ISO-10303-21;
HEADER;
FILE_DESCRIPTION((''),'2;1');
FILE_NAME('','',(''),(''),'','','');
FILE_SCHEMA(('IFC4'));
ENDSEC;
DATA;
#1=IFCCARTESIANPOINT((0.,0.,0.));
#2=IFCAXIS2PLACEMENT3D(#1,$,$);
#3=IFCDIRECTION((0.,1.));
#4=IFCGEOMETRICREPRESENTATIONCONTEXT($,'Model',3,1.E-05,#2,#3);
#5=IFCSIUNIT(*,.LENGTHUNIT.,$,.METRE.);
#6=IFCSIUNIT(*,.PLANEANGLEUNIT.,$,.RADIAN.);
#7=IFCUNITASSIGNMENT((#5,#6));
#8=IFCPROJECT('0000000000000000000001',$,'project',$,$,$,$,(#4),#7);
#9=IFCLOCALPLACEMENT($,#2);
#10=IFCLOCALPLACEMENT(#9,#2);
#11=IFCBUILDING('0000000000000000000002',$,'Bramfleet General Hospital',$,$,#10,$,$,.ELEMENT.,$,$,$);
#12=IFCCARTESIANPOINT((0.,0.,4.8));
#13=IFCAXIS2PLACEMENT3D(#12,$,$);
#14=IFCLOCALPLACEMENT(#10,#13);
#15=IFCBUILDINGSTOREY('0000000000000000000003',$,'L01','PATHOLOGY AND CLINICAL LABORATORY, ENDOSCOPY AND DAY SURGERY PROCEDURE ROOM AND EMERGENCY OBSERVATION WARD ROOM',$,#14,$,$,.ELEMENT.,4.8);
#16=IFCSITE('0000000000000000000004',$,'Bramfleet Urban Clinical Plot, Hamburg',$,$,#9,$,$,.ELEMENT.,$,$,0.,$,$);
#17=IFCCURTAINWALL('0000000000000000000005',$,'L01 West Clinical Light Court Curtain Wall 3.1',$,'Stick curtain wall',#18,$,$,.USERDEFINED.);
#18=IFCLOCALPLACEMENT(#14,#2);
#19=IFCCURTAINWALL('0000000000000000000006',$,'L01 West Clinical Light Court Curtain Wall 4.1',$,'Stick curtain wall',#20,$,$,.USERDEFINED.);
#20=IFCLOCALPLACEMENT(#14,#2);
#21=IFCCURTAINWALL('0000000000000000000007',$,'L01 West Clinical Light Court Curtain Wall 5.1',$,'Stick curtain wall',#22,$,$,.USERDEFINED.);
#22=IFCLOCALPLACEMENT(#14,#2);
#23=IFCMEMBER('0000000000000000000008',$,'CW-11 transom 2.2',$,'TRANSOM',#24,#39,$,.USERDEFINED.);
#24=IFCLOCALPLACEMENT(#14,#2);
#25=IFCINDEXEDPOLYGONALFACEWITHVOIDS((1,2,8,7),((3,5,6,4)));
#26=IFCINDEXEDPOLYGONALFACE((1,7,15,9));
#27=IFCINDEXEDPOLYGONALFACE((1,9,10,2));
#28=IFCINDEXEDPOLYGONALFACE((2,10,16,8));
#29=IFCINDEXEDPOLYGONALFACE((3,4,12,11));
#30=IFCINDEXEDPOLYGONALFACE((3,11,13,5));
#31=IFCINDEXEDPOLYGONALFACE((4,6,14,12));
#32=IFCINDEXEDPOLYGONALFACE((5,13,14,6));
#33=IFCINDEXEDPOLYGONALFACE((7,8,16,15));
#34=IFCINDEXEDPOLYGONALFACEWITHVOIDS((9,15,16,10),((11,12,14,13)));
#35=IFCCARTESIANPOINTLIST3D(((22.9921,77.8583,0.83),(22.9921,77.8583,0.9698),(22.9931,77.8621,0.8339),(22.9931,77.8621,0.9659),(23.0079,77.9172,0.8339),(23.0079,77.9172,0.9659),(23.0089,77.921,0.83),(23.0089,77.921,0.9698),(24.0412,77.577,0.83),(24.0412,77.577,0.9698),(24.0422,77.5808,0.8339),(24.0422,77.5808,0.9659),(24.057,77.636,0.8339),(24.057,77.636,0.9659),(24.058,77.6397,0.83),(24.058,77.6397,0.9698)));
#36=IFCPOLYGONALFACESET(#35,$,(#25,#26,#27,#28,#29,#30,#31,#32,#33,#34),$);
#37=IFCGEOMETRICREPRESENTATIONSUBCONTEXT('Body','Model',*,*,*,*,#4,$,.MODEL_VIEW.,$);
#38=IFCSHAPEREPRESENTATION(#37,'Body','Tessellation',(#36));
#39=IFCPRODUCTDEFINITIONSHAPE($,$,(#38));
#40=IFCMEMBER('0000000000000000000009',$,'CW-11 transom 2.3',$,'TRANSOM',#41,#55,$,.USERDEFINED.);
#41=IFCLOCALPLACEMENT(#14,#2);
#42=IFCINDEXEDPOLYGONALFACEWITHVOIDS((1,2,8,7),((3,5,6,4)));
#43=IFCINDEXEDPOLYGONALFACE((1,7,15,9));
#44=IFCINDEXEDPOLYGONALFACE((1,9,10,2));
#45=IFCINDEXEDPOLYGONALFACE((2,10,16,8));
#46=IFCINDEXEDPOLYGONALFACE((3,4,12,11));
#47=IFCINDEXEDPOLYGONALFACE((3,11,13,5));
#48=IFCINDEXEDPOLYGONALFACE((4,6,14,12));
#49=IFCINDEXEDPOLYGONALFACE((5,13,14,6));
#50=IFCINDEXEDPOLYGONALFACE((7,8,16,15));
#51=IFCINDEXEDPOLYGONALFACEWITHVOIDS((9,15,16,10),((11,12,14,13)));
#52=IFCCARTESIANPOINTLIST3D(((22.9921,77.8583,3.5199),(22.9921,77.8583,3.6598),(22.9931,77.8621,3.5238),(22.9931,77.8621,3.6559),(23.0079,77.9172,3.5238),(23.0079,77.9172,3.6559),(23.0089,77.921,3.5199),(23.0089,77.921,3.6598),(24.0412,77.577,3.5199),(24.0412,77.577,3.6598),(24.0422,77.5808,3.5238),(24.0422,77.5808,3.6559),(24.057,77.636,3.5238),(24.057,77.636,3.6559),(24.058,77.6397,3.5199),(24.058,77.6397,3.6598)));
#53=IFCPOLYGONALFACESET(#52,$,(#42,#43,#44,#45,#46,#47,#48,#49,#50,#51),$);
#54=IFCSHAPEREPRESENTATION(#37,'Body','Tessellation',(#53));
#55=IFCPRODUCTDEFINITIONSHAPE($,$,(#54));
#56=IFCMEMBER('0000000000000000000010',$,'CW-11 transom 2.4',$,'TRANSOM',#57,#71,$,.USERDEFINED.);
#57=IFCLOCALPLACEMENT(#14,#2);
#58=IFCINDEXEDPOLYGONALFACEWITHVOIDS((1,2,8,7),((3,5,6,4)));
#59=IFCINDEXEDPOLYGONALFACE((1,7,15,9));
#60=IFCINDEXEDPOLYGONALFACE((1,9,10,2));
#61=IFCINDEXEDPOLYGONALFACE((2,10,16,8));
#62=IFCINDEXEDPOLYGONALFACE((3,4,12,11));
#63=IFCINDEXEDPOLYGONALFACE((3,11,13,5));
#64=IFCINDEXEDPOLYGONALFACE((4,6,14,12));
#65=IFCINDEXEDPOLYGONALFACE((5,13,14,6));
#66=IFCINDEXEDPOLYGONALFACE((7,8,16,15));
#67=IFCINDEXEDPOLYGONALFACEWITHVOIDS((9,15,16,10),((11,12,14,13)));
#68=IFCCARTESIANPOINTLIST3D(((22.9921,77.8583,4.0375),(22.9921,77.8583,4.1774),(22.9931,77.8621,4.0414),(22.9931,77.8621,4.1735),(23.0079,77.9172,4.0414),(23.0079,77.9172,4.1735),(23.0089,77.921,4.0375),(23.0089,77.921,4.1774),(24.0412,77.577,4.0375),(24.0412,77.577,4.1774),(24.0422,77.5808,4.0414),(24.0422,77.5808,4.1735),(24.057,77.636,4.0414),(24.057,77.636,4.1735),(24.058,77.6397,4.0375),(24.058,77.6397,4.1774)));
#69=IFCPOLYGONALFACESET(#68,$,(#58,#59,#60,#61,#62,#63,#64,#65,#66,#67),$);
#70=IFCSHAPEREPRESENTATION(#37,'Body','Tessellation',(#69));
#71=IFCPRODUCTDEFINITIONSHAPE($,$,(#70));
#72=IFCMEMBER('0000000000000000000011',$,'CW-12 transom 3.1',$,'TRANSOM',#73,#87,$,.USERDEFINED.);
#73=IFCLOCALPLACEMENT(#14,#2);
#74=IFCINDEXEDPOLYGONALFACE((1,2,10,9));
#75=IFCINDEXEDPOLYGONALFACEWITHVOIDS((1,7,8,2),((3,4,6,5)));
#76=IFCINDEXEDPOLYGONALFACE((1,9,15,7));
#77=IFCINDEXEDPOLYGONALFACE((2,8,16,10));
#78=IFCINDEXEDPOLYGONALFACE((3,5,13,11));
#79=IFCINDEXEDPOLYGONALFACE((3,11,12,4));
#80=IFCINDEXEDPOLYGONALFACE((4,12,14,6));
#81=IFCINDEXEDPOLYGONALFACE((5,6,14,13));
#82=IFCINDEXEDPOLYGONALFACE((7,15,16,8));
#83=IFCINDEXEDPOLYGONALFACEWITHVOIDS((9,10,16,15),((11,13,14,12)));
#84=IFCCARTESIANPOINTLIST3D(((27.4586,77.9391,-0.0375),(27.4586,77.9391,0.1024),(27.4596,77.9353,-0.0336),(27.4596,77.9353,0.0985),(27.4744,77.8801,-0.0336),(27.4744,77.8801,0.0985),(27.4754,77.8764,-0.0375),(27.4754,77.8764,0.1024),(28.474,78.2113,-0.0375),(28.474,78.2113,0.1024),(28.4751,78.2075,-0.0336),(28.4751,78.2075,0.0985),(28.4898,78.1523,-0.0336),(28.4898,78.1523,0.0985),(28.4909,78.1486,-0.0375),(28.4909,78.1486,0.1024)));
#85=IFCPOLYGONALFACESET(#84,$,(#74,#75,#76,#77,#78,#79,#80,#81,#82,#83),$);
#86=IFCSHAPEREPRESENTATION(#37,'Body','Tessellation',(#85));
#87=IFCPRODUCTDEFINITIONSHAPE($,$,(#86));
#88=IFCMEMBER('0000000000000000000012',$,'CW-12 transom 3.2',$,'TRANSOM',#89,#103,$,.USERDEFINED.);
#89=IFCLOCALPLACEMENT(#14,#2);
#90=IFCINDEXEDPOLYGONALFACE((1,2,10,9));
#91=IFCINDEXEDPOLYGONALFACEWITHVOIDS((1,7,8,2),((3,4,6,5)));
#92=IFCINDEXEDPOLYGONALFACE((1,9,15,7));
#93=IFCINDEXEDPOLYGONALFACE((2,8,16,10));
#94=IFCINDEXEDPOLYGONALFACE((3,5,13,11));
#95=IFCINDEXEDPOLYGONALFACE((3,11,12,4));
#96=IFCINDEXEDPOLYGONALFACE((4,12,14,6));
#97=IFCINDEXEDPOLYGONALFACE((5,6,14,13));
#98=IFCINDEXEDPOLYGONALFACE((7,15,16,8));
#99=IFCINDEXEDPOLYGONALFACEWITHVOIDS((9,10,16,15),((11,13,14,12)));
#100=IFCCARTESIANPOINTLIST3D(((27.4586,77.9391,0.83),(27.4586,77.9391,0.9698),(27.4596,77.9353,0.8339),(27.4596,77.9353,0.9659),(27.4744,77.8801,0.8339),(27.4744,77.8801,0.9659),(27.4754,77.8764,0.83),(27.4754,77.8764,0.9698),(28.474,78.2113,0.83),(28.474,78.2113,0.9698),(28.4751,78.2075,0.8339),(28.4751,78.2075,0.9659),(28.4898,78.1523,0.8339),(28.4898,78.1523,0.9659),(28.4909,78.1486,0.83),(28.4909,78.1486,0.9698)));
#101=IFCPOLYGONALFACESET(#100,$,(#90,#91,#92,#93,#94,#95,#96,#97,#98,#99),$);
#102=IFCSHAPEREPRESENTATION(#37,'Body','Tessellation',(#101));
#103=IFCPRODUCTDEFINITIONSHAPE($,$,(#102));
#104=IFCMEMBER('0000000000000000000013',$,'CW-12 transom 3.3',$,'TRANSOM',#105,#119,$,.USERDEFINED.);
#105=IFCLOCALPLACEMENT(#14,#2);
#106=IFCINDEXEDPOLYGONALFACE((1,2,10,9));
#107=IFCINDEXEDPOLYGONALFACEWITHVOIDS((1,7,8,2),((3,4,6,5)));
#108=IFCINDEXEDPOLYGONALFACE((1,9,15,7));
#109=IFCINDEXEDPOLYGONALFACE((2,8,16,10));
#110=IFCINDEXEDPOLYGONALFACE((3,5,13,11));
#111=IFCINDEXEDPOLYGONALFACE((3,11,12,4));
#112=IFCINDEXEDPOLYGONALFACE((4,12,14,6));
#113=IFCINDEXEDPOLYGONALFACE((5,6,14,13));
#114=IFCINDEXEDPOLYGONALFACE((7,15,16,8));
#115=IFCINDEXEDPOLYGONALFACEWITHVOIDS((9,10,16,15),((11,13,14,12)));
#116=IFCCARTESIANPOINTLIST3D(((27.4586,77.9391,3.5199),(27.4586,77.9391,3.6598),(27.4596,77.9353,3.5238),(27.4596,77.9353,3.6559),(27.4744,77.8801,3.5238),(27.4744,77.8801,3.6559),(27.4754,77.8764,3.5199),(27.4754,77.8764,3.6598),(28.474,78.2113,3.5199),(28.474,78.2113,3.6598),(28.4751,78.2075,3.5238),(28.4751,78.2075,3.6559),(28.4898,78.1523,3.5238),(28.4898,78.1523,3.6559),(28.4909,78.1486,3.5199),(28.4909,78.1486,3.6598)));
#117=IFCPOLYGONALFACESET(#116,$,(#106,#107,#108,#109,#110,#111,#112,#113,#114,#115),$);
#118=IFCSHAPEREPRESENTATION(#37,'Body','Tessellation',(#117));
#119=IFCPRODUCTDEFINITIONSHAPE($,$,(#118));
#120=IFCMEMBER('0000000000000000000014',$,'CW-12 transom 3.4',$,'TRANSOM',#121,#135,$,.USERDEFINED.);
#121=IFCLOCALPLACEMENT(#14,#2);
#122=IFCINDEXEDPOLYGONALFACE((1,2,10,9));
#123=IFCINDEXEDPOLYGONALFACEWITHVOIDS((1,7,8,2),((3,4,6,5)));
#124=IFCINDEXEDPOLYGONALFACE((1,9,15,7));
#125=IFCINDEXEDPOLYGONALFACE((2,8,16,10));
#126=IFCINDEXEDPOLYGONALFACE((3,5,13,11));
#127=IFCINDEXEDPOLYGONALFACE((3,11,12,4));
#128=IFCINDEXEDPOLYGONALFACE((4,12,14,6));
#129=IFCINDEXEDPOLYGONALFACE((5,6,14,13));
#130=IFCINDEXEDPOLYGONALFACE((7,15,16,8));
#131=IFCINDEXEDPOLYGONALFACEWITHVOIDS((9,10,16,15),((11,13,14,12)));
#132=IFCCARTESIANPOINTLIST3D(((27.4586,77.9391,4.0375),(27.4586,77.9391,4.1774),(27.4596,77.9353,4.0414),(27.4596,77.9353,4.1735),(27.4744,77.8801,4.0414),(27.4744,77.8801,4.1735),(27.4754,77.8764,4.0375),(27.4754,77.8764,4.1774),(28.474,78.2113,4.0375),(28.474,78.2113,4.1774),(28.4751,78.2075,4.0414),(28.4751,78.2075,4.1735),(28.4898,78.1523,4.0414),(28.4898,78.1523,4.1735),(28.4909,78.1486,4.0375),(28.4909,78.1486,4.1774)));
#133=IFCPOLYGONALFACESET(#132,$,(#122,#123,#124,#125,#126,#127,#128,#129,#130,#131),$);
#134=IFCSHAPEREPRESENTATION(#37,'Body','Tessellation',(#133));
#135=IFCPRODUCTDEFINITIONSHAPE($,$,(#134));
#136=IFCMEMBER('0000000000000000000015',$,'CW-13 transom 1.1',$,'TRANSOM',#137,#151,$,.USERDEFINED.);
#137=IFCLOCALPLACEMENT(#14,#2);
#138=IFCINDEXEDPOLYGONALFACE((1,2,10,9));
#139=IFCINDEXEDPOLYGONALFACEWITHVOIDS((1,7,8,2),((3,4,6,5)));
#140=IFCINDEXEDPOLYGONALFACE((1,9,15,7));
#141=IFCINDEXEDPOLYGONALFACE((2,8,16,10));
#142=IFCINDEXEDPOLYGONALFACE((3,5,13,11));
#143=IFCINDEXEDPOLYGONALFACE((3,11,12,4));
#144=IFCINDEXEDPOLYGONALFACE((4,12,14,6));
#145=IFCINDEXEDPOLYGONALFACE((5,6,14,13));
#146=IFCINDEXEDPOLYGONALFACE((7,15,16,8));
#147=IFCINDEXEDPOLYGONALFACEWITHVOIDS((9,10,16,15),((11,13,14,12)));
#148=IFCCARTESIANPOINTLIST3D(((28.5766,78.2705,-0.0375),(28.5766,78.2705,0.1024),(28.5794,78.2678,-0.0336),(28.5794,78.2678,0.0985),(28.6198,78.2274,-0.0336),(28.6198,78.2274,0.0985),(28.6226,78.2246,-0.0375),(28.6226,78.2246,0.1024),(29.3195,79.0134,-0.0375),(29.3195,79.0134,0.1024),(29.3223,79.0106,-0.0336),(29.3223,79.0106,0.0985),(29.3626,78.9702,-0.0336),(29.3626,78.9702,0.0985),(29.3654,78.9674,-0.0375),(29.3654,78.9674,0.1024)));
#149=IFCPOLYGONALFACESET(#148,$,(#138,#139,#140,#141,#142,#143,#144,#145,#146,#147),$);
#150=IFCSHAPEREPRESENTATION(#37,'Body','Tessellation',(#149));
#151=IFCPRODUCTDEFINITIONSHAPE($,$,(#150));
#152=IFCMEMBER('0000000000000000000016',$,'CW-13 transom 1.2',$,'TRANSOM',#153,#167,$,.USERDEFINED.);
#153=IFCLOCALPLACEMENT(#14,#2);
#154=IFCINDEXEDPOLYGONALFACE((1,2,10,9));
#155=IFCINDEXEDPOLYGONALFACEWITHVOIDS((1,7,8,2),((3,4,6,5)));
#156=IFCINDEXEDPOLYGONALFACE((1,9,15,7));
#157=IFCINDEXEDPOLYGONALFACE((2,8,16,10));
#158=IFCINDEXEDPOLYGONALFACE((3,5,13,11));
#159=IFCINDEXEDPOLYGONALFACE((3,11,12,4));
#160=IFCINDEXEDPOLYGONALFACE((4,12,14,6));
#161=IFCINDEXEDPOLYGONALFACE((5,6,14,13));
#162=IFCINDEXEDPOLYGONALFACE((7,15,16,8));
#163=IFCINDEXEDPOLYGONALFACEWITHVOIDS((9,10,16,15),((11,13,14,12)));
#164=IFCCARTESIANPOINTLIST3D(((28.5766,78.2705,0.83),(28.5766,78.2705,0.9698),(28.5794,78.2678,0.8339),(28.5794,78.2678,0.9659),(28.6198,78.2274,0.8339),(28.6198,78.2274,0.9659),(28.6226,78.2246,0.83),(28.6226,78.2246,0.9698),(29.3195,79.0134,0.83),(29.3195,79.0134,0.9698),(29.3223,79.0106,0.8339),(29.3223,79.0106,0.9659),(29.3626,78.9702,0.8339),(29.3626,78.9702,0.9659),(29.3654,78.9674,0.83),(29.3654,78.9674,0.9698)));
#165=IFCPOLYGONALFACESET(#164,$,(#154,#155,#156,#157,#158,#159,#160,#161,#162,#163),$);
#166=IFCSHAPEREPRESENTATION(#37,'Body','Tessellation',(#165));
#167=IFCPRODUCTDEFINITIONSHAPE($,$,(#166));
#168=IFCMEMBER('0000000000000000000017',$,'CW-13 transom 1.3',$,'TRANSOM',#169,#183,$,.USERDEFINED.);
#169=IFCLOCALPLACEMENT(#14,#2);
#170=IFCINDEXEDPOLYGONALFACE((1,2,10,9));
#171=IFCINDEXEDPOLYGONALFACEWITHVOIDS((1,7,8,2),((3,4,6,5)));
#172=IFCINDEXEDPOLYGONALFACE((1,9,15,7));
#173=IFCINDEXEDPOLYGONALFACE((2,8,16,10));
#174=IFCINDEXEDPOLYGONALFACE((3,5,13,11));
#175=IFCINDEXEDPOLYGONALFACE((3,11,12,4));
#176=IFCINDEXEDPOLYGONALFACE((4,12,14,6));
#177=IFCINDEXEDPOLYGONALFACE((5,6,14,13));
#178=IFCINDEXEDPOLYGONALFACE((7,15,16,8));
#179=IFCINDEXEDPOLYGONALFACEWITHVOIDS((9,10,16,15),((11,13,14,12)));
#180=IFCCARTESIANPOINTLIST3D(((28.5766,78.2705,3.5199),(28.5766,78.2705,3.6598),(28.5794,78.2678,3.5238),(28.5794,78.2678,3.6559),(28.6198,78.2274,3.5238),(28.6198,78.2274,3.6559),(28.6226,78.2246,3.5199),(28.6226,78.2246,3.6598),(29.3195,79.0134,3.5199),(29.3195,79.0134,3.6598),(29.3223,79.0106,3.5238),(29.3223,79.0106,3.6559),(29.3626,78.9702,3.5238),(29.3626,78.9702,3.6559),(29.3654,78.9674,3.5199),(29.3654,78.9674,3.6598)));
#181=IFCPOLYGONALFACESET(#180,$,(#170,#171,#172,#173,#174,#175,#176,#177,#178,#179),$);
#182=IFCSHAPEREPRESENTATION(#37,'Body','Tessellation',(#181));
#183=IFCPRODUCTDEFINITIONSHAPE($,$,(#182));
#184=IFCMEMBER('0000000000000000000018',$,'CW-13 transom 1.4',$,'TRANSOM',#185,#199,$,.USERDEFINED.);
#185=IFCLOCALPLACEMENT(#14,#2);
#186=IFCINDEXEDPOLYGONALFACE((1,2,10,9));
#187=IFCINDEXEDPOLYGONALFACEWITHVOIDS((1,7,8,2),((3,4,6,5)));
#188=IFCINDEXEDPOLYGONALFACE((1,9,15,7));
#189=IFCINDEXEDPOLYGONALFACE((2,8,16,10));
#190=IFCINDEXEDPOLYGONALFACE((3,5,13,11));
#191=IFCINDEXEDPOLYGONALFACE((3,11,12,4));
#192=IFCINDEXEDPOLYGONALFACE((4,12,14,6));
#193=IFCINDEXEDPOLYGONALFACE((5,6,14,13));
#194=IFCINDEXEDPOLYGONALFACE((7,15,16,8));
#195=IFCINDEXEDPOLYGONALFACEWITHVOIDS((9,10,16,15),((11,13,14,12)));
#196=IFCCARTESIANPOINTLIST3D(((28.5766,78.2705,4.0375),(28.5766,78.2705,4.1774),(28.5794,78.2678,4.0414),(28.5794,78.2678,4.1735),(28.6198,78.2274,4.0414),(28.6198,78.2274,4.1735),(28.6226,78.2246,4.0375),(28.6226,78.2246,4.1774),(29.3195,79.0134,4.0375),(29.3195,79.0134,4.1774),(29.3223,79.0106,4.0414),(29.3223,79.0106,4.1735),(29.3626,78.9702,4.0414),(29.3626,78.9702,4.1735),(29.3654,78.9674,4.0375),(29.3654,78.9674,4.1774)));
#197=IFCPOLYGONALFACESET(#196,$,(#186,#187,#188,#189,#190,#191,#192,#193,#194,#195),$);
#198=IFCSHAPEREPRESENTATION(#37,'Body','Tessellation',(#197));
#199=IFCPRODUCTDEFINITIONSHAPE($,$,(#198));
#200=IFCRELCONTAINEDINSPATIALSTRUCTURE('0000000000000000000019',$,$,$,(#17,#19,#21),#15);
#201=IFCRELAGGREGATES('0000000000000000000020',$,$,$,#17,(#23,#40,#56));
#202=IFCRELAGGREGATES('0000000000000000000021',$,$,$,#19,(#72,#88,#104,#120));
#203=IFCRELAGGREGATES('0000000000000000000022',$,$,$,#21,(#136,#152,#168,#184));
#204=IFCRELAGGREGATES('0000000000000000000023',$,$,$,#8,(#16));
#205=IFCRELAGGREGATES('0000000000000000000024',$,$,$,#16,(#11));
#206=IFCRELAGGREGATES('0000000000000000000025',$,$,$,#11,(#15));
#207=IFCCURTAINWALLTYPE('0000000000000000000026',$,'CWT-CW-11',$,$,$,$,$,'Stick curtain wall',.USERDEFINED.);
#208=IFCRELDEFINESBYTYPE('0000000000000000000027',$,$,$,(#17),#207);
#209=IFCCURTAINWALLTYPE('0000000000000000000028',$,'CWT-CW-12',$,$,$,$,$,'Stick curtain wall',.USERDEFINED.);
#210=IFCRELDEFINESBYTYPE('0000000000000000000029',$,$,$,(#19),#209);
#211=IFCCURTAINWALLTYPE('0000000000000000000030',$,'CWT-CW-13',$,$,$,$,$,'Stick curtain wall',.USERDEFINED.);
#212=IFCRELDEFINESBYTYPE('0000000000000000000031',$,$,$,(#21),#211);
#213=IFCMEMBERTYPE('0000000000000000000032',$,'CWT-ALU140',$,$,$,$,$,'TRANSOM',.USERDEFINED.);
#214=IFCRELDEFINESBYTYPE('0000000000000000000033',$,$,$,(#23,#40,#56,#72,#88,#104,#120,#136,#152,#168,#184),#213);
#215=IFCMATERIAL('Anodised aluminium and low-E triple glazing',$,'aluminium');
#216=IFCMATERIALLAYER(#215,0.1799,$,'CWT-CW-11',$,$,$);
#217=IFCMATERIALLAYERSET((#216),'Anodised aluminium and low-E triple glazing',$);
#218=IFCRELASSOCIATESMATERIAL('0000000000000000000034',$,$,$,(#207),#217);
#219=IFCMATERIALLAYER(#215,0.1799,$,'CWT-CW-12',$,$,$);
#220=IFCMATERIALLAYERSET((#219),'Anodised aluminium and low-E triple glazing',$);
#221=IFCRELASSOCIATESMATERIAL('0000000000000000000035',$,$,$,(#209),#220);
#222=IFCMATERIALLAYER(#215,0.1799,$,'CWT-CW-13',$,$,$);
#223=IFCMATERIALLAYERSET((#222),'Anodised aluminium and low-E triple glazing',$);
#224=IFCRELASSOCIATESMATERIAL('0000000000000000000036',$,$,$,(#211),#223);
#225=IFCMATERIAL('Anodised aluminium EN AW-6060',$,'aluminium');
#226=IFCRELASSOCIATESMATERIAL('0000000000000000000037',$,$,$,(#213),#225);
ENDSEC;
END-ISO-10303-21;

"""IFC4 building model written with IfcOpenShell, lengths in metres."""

from ifc_helpers import new_model, si_unit, direction, frame, origin, origin_2d, place, context, subcontext, project, spatial, hollow_rectangle, extrude, material, layer, layer_set, material_profile, profile_set, type_object, element, aggregate, save


model = new_model("IFC4")

# Units and contexts
model_context = context("Model", 3, precision=1e-05, world=origin(), true_north=direction((0.0, 1.0)))
body_context = subcontext(model_context, "Body", "Model", "MODEL_VIEW")
ifc_project = project(units=[si_unit("LENGTHUNIT", "METRE"), si_unit("PLANEANGLEUNIT", "RADIAN")], contexts=[model_context])

# Site, building, storey
site_placement = place(None, origin())
site = spatial("IfcSite", under=ifc_project, at=site_placement, Name="Bramfleet Urban Clinical Plot, Hamburg", CompositionType="ELEMENT", RefElevation=0.0)
building_placement = place(site_placement, origin())
building = spatial("IfcBuilding", under=site, at=building_placement, Name="Bramfleet General Hospital", CompositionType="ELEMENT")
storey_placement = place(building_placement, frame((0.0, 0.0, 4.8)))
storey = spatial("IfcBuildingStorey", under=building, at=storey_placement, Name="L01", Description="PATHOLOGY AND CLINICAL LABORATORY, ENDOSCOPY AND DAY SURGERY PROCEDURE ROOM AND EMERGENCY OBSERVATION WARD ROOM", CompositionType="ELEMENT", Elevation=4.8)

# Shared definitions
ifc_material_1 = material(Name="Anodised aluminium and low-E triple glazing", Category="aluminium")
ifc_material_2 = material(Name="Anodised aluminium EN AW-6060", Category="aluminium")

# Curtain walls
ifc_layer_1 = layer(ifc_material_1, 0.1799, Name="CWT-CW-11")
ifc_layer_set_1 = layer_set([ifc_layer_1], Name="Anodised aluminium and low-E triple glazing")
curtain_wall_type_1 = type_object("IfcCurtainWallType", Name="CWT-CW-11", ElementType="Stick curtain wall", PredefinedType="USERDEFINED", material=ifc_layer_set_1)
curtain_wall_1_placement = place(storey_placement, origin())
curtain_wall_1 = element("IfcCurtainWall", 1, at=curtain_wall_1_placement, inside=storey, type_object=curtain_wall_type_1, Name="L01 West Clinical Light Court Curtain Wall 3.1", ObjectType="Stick curtain wall", PredefinedType="USERDEFINED")
ifc_layer_2 = layer(ifc_material_1, 0.1799, Name="CWT-CW-12")
ifc_layer_set_2 = layer_set([ifc_layer_2], Name="Anodised aluminium and low-E triple glazing")
curtain_wall_type_2 = type_object("IfcCurtainWallType", Name="CWT-CW-12", ElementType="Stick curtain wall", PredefinedType="USERDEFINED", material=ifc_layer_set_2)
curtain_wall_2_placement = place(storey_placement, origin())
curtain_wall_2 = element("IfcCurtainWall", 2, at=curtain_wall_2_placement, inside=storey, type_object=curtain_wall_type_2, Name="L01 West Clinical Light Court Curtain Wall 4.1", ObjectType="Stick curtain wall", PredefinedType="USERDEFINED")

# Curtain wall
ifc_layer_3 = layer(ifc_material_1, 0.1799, Name="CWT-CW-13")
ifc_layer_set_3 = layer_set([ifc_layer_3], Name="Anodised aluminium and low-E triple glazing")
curtain_wall_type_3 = type_object("IfcCurtainWallType", Name="CWT-CW-13", ElementType="Stick curtain wall", PredefinedType="USERDEFINED", material=ifc_layer_set_3)
curtain_wall_3_placement = place(storey_placement, origin())
curtain_wall_3 = element("IfcCurtainWall", 3, at=curtain_wall_3_placement, inside=storey, type_object=curtain_wall_type_3, Name="L01 West Clinical Light Court Curtain Wall 5.1", ObjectType="Stick curtain wall", PredefinedType="USERDEFINED")

# Members
ifc_material_profile_1 = material_profile(ifc_material_2, hollow_rectangle(XDim=0.0649, YDim=0.1399, WallThickness=0.0039, at=origin_2d()), Name="ALU 140x65x4.0")
ifc_profile_set_1 = profile_set([ifc_material_profile_1], Name="Anodised aluminium EN AW-6060")
member_type_1 = type_object("IfcMemberType", Name="CWT-ALU140", ElementType="TRANSOM", PredefinedType="USERDEFINED", material=ifc_profile_set_1)
member_1_placement = place(storey_placement, frame((23.0005, 77.8896, 0.8999), z_axis=(0.965891, -0.25895, 0.0), x_axis=(0.25895, 0.965891, 0.0)))
member_1 = element("IfcMember", 4, at=member_1_placement, type_object=member_type_1, Name="CW-11 transom 2.2", ObjectType="TRANSOM", PredefinedType="USERDEFINED", context=body_context, shape_type="SweptSolid", body=[
    extrude(hollow_rectangle(XDim=0.0649, YDim=0.1399, WallThickness=0.0039, at=origin_2d()), origin(), (0.0, 0.0, 1.0), 1.0862),
])
member_2_placement = place(storey_placement, frame((23.0005, 77.8896, 3.5898), z_axis=(0.965891, -0.25895, 0.0), x_axis=(0.25895, 0.965891, 0.0)))
member_2 = element("IfcMember", 5, at=member_2_placement, type_object=member_type_1, Name="CW-11 transom 2.3", ObjectType="TRANSOM", PredefinedType="USERDEFINED", context=body_context, shape_type="SweptSolid", body=[
    extrude(hollow_rectangle(XDim=0.0649, YDim=0.1399, WallThickness=0.0039, at=origin_2d()), origin(), (0.0, 0.0, 1.0), 1.0862),
])
member_3_placement = place(storey_placement, frame((23.0005, 77.8896, 4.1074), z_axis=(0.965891, -0.25895, 0.0), x_axis=(0.25895, 0.965891, 0.0)))
member_3 = element("IfcMember", 6, at=member_3_placement, type_object=member_type_1, Name="CW-11 transom 2.4", ObjectType="TRANSOM", PredefinedType="USERDEFINED", context=body_context, shape_type="SweptSolid", body=[
    extrude(hollow_rectangle(XDim=0.0649, YDim=0.1399, WallThickness=0.0039, at=origin_2d()), origin(), (0.0, 0.0, 1.0), 1.0862),
])
member_4_placement = place(storey_placement, frame((27.467, 77.9077, 0.0325), z_axis=(0.965891, 0.258949, 0.0), x_axis=(-0.258949, 0.965891, 0.0)))
member_4 = element("IfcMember", 7, at=member_4_placement, type_object=member_type_1, Name="CW-12 transom 3.1", ObjectType="TRANSOM", PredefinedType="USERDEFINED", context=body_context, shape_type="SweptSolid", body=[
    extrude(hollow_rectangle(XDim=0.0649, YDim=0.1399, WallThickness=0.0039, at=origin_2d()), origin(), (0.0, 0.0, 1.0), 1.0513),
])
member_5_placement = place(storey_placement, frame((27.467, 77.9077, 0.8999), z_axis=(0.965891, 0.258949, 0.0), x_axis=(-0.258949, 0.965891, 0.0)))
member_5 = element("IfcMember", 8, at=member_5_placement, type_object=member_type_1, Name="CW-12 transom 3.2", ObjectType="TRANSOM", PredefinedType="USERDEFINED", context=body_context, shape_type="SweptSolid", body=[
    extrude(hollow_rectangle(XDim=0.0649, YDim=0.1399, WallThickness=0.0039, at=origin_2d()), origin(), (0.0, 0.0, 1.0), 1.0513),
])
member_6_placement = place(storey_placement, frame((27.467, 77.9077, 3.5898), z_axis=(0.965891, 0.258949, 0.0), x_axis=(-0.258949, 0.965891, 0.0)))
member_6 = element("IfcMember", 9, at=member_6_placement, type_object=member_type_1, Name="CW-12 transom 3.3", ObjectType="TRANSOM", PredefinedType="USERDEFINED", context=body_context, shape_type="SweptSolid", body=[
    extrude(hollow_rectangle(XDim=0.0649, YDim=0.1399, WallThickness=0.0039, at=origin_2d()), origin(), (0.0, 0.0, 1.0), 1.0513),
])
member_7_placement = place(storey_placement, frame((27.467, 77.9077, 4.1074), z_axis=(0.965891, 0.258949, 0.0), x_axis=(-0.258949, 0.965891, 0.0)))
member_7 = element("IfcMember", 10, at=member_7_placement, type_object=member_type_1, Name="CW-12 transom 3.4", ObjectType="TRANSOM", PredefinedType="USERDEFINED", context=body_context, shape_type="SweptSolid", body=[
    extrude(hollow_rectangle(XDim=0.0649, YDim=0.1399, WallThickness=0.0039, at=origin_2d()), origin(), (0.0, 0.0, 1.0), 1.0513),
])
member_8_placement = place(storey_placement, frame((28.5996, 78.2476, 0.0325), z_axis=(0.707107, 0.707107, 0.0), x_axis=(-0.707107, 0.707107, 0.0)))
member_8 = element("IfcMember", 11, at=member_8_placement, type_object=member_type_1, Name="CW-13 transom 1.1", ObjectType="TRANSOM", PredefinedType="USERDEFINED", context=body_context, shape_type="SweptSolid", body=[
    extrude(hollow_rectangle(XDim=0.0649, YDim=0.1399, WallThickness=0.0039, at=origin_2d()), origin(), (0.0, 0.0, 1.0), 1.0505),
])
member_9_placement = place(storey_placement, frame((28.5996, 78.2476, 0.8999), z_axis=(0.707107, 0.707107, 0.0), x_axis=(-0.707107, 0.707107, 0.0)))
member_9 = element("IfcMember", 12, at=member_9_placement, type_object=member_type_1, Name="CW-13 transom 1.2", ObjectType="TRANSOM", PredefinedType="USERDEFINED", context=body_context, shape_type="SweptSolid", body=[
    extrude(hollow_rectangle(XDim=0.0649, YDim=0.1399, WallThickness=0.0039, at=origin_2d()), origin(), (0.0, 0.0, 1.0), 1.0505),
])
member_10_placement = place(storey_placement, frame((28.5996, 78.2476, 3.5898), z_axis=(0.707107, 0.707107, 0.0), x_axis=(-0.707107, 0.707107, 0.0)))
member_10 = element("IfcMember", 13, at=member_10_placement, type_object=member_type_1, Name="CW-13 transom 1.3", ObjectType="TRANSOM", PredefinedType="USERDEFINED", context=body_context, shape_type="SweptSolid", body=[
    extrude(hollow_rectangle(XDim=0.0649, YDim=0.1399, WallThickness=0.0039, at=origin_2d()), origin(), (0.0, 0.0, 1.0), 1.0505),
])
member_11_placement = place(storey_placement, frame((28.5996, 78.2476, 4.1074), z_axis=(0.707107, 0.707107, 0.0), x_axis=(-0.707107, 0.707107, 0.0)))
member_11 = element("IfcMember", 14, at=member_11_placement, type_object=member_type_1, Name="CW-13 transom 1.4", ObjectType="TRANSOM", PredefinedType="USERDEFINED", context=body_context, shape_type="SweptSolid", body=[
    extrude(hollow_rectangle(XDim=0.0649, YDim=0.1399, WallThickness=0.0039, at=origin_2d()), origin(), (0.0, 0.0, 1.0), 1.0505),
])

aggregate(curtain_wall_1, [member_1, member_2, member_3])
aggregate(curtain_wall_2, [member_4, member_5, member_6, member_7])
aggregate(curtain_wall_3, [member_8, member_9, member_10, member_11])

save(model, "model.ifc")
